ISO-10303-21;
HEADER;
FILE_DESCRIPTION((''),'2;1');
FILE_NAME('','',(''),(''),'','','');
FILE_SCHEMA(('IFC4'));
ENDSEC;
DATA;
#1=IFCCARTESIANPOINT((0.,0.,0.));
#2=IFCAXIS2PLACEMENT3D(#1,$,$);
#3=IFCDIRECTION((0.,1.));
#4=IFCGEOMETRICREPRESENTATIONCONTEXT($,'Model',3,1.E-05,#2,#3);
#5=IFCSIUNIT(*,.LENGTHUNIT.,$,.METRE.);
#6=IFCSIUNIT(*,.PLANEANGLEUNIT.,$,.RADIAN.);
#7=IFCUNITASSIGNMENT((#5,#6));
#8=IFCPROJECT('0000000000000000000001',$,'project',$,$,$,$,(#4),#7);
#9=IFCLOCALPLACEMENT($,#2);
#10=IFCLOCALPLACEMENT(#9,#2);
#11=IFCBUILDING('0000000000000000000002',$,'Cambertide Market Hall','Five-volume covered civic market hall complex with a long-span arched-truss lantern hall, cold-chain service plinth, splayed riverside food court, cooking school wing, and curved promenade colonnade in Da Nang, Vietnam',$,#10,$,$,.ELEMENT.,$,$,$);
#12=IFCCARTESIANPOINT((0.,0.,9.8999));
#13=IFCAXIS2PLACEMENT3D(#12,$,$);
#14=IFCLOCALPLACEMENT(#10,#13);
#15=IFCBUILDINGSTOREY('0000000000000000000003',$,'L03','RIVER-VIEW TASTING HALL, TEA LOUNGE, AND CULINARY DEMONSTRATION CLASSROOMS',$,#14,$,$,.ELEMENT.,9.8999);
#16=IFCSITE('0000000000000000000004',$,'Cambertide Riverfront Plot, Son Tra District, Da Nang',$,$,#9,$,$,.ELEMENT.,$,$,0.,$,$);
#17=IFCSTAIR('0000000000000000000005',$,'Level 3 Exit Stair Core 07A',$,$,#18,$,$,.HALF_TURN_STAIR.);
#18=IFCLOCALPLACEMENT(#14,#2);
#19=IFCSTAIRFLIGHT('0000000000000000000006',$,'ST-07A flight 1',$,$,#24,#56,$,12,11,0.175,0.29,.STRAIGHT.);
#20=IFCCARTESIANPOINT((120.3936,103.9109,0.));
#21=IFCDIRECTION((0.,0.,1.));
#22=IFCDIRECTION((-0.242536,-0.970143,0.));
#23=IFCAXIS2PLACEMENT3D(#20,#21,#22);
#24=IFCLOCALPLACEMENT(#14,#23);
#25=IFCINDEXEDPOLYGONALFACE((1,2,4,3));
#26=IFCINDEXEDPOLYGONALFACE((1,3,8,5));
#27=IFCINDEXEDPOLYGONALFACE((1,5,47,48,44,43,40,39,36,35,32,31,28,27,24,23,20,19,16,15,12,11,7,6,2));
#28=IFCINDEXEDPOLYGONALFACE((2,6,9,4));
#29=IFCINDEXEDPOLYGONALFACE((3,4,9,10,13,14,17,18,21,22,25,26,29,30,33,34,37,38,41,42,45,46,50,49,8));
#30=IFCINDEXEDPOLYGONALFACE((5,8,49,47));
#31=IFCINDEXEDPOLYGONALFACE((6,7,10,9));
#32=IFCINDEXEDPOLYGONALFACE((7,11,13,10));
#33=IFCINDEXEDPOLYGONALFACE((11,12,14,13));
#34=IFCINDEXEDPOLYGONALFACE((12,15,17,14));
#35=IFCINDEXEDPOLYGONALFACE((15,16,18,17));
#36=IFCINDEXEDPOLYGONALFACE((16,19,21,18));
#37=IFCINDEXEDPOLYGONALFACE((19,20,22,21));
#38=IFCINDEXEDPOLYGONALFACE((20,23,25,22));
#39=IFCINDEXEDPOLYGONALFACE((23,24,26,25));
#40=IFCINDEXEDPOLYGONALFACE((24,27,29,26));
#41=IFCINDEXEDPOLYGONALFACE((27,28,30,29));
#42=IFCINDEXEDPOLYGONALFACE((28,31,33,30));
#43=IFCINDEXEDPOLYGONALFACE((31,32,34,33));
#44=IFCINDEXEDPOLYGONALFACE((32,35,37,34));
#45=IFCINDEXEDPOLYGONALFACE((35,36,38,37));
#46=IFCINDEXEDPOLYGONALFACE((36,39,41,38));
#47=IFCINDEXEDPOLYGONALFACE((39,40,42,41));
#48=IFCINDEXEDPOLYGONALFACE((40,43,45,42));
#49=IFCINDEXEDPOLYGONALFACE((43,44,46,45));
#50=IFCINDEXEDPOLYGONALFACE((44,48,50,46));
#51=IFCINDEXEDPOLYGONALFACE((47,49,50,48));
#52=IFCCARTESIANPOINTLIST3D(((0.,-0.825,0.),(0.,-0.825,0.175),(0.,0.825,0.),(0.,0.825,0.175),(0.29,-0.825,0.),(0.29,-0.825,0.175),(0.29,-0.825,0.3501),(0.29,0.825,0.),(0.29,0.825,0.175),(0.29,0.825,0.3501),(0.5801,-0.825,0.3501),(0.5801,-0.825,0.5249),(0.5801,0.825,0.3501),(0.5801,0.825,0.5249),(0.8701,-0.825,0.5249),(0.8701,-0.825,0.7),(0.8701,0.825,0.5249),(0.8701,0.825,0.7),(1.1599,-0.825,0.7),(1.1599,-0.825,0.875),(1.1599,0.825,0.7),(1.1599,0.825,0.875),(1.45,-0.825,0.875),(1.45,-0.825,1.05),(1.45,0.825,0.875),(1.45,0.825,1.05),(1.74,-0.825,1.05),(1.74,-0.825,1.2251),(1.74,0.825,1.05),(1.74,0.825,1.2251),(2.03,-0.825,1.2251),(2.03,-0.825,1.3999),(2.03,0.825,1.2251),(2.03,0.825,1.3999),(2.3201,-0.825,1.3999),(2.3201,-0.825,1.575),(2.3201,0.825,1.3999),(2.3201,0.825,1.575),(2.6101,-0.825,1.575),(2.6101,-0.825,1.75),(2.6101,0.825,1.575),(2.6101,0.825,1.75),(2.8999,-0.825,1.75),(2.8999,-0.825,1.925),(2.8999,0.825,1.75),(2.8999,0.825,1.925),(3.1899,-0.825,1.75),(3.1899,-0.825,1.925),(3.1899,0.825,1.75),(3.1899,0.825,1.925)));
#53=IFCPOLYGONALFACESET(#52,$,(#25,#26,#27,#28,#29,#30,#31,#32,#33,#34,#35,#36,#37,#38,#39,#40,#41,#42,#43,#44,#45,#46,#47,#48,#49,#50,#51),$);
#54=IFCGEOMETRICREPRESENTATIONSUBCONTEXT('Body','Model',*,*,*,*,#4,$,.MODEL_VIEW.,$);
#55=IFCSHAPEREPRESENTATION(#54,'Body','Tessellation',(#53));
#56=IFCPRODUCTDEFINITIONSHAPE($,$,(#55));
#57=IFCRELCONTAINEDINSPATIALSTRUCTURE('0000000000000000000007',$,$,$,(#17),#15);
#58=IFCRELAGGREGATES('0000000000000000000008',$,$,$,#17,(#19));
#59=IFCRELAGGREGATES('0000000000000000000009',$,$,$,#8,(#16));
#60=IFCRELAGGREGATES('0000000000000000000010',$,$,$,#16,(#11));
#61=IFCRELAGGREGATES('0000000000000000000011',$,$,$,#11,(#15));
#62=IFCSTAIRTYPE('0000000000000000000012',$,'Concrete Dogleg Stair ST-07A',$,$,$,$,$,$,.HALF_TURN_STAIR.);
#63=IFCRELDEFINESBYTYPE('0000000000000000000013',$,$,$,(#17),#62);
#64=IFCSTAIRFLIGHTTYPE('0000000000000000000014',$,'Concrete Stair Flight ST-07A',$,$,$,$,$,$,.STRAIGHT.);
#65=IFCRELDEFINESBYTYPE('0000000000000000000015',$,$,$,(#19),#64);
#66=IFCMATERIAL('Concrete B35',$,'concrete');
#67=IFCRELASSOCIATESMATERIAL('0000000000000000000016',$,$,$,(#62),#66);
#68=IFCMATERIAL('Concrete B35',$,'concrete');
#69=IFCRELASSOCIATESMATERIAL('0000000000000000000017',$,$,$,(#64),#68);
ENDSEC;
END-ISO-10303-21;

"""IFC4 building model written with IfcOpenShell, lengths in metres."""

from ifc_helpers import new_model, si_unit, direction, frame, origin, place, context, subcontext, project, spatial, polyline, outline, extrude, material, type_object, element, aggregate, save


model = new_model("IFC4")

# Units and contexts
model_context = context("Model", 3, precision=1e-05, world=origin(), true_north=direction((0.0, 1.0)))
body_context = subcontext(model_context, "Body", "Model", "MODEL_VIEW")
ifc_project = project(units=[si_unit("LENGTHUNIT", "METRE"), si_unit("PLANEANGLEUNIT", "RADIAN")], contexts=[model_context])

# Site, building, storey
site_placement = place(None, origin())
site = spatial("IfcSite", under=ifc_project, at=site_placement, Name="Cambertide Riverfront Plot, Son Tra District, Da Nang", CompositionType="ELEMENT", RefElevation=0.0)
building_placement = place(site_placement, origin())
building = spatial("IfcBuilding", under=site, at=building_placement, Name="Cambertide Market Hall", Description="Five-volume covered civic market hall complex with a long-span arched-truss lantern hall, cold-chain service plinth, splayed riverside food court, cooking school wing, and curved promenade colonnade in Da Nang, Vietnam", CompositionType="ELEMENT")
storey_placement = place(building_placement, frame((0.0, 0.0, 9.8999)))
storey = spatial("IfcBuildingStorey", under=building, at=storey_placement, Name="L03", Description="RIVER-VIEW TASTING HALL, TEA LOUNGE, AND CULINARY DEMONSTRATION CLASSROOMS", CompositionType="ELEMENT", Elevation=9.8999)

# Stair, stair flight
ifc_material_1 = material(Name="Concrete B35", Category="concrete")
stair_type = type_object("IfcStairType", Name="Concrete Dogleg Stair ST-07A", PredefinedType="HALF_TURN_STAIR", material=ifc_material_1)
stair_placement = place(storey_placement, origin())
stair = element("IfcStair", 1, at=stair_placement, inside=storey, type_object=stair_type, Name="Level 3 Exit Stair Core 07A", PredefinedType="HALF_TURN_STAIR")
ifc_material_2 = material(Name="Concrete B35", Category="concrete")
stair_flight_type = type_object("IfcStairFlightType", Name="Concrete Stair Flight ST-07A", PredefinedType="STRAIGHT", material=ifc_material_2)
stair_flight_placement = place(storey_placement, frame((120.3936, 103.9109, 0.0), z_axis=(0.0, 0.0, 1.0), x_axis=(-0.242536, -0.970143, 0.0)))
stair_flight = element("IfcStairFlight", 2, at=stair_flight_placement, type_object=stair_flight_type, Name="ST-07A flight 1", NumberOfRisers=12, NumberOfTreads=11, PredefinedType="STRAIGHT", RiserHeight=0.175, TreadLength=0.29, context=body_context, shape_type="SweptSolid", body=[
    extrude(outline(polyline([(0.0, 0.0), (0.0, 0.175), (0.29, 0.175), (0.29, 0.3501), (0.5801, 0.3501), (0.5801, 0.5249), (0.8701, 0.5249), (0.8701, 0.7), (1.1599, 0.7), (1.1599, 0.875), (1.45, 0.875), (1.45, 1.05), (1.74, 1.05), (1.74, 1.2251), (2.03, 1.2251), (2.03, 1.3999), (2.3201, 1.3999), (2.3201, 1.575), (2.6101, 1.575), (2.6101, 1.75), (2.8999, 1.75), (2.8999, 1.925), (3.1899, 1.925), (3.1899, 2.1001), (3.1899, 1.75), (0.29, 0.0), (0.0, 0.0)])), frame((0.0, 0.825, 0.0), z_axis=(0.0, -1.0, 0.0), x_axis=(1.0, 0.0, 0.0)), (0.0, 0.0, 1.0), 1.6499),
])
aggregate(stair, [stair_flight])

save(model, "model.ifc")
